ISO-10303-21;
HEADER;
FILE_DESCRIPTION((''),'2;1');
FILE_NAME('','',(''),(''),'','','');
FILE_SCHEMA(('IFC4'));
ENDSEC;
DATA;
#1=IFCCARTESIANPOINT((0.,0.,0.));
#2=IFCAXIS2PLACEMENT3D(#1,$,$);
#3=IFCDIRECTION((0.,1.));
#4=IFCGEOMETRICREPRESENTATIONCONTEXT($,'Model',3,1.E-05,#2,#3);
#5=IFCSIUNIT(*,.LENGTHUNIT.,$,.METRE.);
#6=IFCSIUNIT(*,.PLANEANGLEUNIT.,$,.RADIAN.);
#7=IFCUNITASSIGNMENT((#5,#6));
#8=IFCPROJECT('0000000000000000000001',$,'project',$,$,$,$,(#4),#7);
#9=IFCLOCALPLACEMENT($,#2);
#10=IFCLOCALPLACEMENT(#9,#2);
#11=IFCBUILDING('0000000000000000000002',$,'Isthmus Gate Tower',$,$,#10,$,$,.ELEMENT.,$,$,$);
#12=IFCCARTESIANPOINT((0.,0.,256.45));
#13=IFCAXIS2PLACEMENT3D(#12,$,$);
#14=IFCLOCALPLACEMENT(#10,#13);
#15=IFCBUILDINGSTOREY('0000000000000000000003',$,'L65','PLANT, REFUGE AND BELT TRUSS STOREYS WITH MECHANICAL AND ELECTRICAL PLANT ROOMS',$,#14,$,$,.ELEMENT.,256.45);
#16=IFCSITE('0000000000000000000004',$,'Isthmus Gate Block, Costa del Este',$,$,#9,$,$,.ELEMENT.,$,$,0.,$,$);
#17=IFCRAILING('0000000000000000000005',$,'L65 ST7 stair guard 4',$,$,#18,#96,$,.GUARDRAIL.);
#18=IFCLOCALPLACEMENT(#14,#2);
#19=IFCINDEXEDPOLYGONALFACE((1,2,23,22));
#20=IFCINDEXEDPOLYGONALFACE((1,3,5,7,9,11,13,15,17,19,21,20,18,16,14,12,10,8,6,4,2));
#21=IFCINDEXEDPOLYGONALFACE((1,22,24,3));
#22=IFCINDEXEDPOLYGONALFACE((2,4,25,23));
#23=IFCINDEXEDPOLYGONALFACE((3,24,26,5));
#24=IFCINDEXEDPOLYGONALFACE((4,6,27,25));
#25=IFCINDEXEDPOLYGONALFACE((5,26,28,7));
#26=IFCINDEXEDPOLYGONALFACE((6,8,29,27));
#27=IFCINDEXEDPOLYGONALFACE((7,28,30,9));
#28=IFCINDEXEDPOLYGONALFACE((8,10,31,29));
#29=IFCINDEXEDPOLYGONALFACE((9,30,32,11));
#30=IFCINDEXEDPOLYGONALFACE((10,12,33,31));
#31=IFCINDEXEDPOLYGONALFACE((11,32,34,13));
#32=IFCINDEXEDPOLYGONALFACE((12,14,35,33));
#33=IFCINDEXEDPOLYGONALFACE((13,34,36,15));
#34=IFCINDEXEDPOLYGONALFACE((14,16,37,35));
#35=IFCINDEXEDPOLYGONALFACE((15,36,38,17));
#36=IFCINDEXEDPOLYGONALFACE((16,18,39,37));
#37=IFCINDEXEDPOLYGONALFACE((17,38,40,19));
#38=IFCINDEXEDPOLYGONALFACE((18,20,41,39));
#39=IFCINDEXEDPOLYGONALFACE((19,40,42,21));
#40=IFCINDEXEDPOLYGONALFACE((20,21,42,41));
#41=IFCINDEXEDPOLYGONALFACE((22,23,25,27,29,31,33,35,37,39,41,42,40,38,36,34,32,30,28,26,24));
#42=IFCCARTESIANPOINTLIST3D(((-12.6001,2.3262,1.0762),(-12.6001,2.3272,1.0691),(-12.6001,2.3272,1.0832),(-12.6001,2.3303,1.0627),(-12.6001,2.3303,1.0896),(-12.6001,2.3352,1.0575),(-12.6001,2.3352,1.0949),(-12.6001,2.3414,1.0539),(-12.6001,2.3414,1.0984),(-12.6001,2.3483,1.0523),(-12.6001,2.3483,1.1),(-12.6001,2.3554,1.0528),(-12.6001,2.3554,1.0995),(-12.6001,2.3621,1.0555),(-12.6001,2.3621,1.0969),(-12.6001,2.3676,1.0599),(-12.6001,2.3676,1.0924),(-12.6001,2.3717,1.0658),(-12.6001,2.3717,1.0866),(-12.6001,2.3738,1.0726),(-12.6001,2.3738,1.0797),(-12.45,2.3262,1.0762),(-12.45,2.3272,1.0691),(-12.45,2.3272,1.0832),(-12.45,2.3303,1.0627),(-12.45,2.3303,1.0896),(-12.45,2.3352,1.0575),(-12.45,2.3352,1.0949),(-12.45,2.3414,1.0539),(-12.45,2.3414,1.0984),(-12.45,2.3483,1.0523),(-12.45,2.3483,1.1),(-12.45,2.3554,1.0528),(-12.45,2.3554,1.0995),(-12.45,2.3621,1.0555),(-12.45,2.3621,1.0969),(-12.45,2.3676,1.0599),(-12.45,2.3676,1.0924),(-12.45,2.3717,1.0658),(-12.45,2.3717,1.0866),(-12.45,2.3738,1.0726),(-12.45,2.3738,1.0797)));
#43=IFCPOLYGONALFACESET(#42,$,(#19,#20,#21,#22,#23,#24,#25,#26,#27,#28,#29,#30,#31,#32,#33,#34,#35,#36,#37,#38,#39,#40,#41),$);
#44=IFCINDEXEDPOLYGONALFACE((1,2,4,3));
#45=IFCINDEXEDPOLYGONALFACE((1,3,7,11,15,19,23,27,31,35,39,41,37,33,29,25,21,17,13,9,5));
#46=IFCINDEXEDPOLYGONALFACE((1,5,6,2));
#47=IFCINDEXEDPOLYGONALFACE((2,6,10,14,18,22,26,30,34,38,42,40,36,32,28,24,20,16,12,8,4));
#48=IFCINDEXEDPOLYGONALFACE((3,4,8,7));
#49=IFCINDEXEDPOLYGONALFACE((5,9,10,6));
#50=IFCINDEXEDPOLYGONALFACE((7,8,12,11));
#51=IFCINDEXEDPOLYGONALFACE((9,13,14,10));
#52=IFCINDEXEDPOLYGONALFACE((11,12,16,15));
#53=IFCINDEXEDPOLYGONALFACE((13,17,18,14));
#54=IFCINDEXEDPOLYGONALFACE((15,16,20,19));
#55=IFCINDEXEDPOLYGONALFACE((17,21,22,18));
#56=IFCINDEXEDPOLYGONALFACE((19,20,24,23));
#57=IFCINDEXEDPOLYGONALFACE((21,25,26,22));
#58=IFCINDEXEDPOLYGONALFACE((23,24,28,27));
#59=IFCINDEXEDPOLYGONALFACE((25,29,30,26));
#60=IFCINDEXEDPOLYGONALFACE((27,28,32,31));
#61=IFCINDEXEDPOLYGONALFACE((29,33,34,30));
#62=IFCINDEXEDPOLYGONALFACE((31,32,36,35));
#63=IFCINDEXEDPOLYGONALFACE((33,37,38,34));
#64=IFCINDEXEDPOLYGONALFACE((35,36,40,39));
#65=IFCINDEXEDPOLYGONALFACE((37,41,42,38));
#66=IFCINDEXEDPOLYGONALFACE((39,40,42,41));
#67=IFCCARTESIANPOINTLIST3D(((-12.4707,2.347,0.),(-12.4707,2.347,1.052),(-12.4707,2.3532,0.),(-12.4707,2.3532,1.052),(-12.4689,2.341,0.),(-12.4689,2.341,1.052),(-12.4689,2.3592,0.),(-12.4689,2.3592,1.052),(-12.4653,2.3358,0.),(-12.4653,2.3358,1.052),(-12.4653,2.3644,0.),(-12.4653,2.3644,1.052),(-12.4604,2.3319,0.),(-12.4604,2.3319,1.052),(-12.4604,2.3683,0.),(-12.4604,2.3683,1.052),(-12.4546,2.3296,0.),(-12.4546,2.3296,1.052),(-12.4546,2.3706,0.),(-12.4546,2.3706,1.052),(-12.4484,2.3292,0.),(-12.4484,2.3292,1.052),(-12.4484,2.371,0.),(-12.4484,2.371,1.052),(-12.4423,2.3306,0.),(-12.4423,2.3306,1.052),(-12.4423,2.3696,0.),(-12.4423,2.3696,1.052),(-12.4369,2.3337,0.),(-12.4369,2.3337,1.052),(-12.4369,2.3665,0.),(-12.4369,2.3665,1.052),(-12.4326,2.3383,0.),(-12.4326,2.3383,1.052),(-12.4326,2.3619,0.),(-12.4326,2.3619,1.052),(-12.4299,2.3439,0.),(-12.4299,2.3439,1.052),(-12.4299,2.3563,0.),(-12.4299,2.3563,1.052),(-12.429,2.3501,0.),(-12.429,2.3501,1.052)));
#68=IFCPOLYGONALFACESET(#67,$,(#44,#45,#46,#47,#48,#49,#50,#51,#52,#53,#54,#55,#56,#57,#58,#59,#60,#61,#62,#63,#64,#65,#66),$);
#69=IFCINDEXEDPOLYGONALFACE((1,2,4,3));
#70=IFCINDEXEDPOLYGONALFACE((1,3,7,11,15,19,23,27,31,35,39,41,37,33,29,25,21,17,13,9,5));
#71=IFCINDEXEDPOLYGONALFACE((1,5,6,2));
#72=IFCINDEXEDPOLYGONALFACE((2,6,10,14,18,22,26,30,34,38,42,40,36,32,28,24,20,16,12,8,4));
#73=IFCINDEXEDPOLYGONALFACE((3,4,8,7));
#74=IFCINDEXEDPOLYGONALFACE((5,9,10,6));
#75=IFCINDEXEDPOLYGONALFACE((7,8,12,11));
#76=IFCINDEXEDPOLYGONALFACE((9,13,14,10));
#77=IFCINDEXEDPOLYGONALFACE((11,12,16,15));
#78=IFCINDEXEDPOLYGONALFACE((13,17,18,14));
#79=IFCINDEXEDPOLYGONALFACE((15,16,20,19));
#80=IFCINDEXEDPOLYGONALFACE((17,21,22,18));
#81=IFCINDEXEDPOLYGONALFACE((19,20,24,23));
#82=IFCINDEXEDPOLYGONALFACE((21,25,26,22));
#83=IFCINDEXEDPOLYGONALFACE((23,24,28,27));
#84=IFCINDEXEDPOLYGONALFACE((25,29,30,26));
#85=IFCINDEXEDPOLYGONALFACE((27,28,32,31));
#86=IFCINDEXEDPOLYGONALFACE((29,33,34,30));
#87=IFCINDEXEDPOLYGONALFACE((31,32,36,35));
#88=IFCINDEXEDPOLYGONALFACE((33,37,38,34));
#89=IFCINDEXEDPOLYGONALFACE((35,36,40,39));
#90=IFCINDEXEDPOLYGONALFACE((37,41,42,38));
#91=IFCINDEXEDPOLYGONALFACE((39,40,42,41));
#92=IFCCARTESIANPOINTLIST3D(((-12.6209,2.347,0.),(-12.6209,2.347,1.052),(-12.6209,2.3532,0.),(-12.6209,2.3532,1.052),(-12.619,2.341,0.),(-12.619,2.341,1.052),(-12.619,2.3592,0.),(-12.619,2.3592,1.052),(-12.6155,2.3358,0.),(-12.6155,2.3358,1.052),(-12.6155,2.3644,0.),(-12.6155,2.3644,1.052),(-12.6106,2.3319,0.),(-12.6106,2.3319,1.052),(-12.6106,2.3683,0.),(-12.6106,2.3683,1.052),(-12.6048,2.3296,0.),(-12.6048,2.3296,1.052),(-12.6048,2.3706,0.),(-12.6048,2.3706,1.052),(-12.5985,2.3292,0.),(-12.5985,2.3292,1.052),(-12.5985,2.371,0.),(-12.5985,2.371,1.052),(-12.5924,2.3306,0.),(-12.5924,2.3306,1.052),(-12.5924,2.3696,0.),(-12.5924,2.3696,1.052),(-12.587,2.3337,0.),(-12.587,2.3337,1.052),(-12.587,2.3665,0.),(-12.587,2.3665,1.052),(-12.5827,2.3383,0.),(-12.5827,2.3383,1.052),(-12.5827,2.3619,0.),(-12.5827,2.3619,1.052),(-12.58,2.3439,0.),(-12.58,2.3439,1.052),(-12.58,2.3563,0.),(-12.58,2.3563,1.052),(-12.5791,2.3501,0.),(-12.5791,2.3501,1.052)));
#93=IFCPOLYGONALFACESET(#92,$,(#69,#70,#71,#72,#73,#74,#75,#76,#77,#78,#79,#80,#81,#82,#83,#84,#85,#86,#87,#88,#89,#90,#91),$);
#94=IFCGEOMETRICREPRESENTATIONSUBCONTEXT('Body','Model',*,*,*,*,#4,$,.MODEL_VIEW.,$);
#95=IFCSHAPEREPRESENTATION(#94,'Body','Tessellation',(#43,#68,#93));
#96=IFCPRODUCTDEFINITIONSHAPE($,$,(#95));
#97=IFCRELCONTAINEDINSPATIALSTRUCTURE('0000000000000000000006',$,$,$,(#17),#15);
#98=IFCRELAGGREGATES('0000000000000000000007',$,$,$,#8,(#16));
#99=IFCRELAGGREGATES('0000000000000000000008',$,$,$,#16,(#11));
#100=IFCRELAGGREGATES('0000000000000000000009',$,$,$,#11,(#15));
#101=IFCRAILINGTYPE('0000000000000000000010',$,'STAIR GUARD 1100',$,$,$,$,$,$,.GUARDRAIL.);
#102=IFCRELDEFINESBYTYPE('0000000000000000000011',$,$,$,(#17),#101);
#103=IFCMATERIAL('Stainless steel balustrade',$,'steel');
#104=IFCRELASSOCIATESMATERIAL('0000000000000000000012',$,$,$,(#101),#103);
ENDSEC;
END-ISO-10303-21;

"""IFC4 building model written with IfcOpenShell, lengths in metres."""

from ifc_helpers import new_model, si_unit, direction, frame, origin, origin_2d, place, context, subcontext, project, spatial, circle, extrude, material, type_object, element, save


model = new_model("IFC4")

# Units and contexts
model_context = context("Model", 3, precision=1e-05, world=origin(), true_north=direction((0.0, 1.0)))
body_context = subcontext(model_context, "Body", "Model", "MODEL_VIEW")
ifc_project = project(units=[si_unit("LENGTHUNIT", "METRE"), si_unit("PLANEANGLEUNIT", "RADIAN")], contexts=[model_context])

# Site, building, storey
site_placement = place(None, origin())
site = spatial("IfcSite", under=ifc_project, at=site_placement, Name="Isthmus Gate Block, Costa del Este", CompositionType="ELEMENT", RefElevation=0.0)
building_placement = place(site_placement, origin())
building = spatial("IfcBuilding", under=site, at=building_placement, Name="Isthmus Gate Tower", CompositionType="ELEMENT")
storey_placement = place(building_placement, frame((0.0, 0.0, 256.45)))
storey = spatial("IfcBuildingStorey", under=building, at=storey_placement, Name="L65", Description="PLANT, REFUGE AND BELT TRUSS STOREYS WITH MECHANICAL AND ELECTRICAL PLANT ROOMS", CompositionType="ELEMENT", Elevation=256.45)

# Railing
ifc_material_1 = material(Name="Stainless steel balustrade", Category="steel")
railing_type_1 = type_object("IfcRailingType", Name="STAIR GUARD 1100", PredefinedType="GUARDRAIL", material=ifc_material_1)
railing_1_placement = place(storey_placement, frame((-12.45, 2.3501, 0.0)))
element("IfcRailing", 1, at=railing_1_placement, inside=storey, type_object=railing_type_1, Name="L65 ST7 stair guard 4", PredefinedType="GUARDRAIL", context=body_context, shape_type="SweptSolid", body=[
    extrude(circle(Radius=0.0239, at=origin_2d()), frame((0.0, 0.0, 1.0762), z_axis=(-1.0, 0.0, 0.0), x_axis=(0.0, -1.0, 0.0)), (0.0, 0.0, 1.0), 0.1501),
    extrude(circle(Radius=0.021, at=origin_2d()), origin(), (0.0, 0.0, 1.0), 1.052),
    extrude(circle(Radius=0.021, at=origin_2d()), frame((-0.1501, 0.0, 0.0)), (0.0, 0.0, 1.0), 1.052),
])

save(model, "model.ifc")
